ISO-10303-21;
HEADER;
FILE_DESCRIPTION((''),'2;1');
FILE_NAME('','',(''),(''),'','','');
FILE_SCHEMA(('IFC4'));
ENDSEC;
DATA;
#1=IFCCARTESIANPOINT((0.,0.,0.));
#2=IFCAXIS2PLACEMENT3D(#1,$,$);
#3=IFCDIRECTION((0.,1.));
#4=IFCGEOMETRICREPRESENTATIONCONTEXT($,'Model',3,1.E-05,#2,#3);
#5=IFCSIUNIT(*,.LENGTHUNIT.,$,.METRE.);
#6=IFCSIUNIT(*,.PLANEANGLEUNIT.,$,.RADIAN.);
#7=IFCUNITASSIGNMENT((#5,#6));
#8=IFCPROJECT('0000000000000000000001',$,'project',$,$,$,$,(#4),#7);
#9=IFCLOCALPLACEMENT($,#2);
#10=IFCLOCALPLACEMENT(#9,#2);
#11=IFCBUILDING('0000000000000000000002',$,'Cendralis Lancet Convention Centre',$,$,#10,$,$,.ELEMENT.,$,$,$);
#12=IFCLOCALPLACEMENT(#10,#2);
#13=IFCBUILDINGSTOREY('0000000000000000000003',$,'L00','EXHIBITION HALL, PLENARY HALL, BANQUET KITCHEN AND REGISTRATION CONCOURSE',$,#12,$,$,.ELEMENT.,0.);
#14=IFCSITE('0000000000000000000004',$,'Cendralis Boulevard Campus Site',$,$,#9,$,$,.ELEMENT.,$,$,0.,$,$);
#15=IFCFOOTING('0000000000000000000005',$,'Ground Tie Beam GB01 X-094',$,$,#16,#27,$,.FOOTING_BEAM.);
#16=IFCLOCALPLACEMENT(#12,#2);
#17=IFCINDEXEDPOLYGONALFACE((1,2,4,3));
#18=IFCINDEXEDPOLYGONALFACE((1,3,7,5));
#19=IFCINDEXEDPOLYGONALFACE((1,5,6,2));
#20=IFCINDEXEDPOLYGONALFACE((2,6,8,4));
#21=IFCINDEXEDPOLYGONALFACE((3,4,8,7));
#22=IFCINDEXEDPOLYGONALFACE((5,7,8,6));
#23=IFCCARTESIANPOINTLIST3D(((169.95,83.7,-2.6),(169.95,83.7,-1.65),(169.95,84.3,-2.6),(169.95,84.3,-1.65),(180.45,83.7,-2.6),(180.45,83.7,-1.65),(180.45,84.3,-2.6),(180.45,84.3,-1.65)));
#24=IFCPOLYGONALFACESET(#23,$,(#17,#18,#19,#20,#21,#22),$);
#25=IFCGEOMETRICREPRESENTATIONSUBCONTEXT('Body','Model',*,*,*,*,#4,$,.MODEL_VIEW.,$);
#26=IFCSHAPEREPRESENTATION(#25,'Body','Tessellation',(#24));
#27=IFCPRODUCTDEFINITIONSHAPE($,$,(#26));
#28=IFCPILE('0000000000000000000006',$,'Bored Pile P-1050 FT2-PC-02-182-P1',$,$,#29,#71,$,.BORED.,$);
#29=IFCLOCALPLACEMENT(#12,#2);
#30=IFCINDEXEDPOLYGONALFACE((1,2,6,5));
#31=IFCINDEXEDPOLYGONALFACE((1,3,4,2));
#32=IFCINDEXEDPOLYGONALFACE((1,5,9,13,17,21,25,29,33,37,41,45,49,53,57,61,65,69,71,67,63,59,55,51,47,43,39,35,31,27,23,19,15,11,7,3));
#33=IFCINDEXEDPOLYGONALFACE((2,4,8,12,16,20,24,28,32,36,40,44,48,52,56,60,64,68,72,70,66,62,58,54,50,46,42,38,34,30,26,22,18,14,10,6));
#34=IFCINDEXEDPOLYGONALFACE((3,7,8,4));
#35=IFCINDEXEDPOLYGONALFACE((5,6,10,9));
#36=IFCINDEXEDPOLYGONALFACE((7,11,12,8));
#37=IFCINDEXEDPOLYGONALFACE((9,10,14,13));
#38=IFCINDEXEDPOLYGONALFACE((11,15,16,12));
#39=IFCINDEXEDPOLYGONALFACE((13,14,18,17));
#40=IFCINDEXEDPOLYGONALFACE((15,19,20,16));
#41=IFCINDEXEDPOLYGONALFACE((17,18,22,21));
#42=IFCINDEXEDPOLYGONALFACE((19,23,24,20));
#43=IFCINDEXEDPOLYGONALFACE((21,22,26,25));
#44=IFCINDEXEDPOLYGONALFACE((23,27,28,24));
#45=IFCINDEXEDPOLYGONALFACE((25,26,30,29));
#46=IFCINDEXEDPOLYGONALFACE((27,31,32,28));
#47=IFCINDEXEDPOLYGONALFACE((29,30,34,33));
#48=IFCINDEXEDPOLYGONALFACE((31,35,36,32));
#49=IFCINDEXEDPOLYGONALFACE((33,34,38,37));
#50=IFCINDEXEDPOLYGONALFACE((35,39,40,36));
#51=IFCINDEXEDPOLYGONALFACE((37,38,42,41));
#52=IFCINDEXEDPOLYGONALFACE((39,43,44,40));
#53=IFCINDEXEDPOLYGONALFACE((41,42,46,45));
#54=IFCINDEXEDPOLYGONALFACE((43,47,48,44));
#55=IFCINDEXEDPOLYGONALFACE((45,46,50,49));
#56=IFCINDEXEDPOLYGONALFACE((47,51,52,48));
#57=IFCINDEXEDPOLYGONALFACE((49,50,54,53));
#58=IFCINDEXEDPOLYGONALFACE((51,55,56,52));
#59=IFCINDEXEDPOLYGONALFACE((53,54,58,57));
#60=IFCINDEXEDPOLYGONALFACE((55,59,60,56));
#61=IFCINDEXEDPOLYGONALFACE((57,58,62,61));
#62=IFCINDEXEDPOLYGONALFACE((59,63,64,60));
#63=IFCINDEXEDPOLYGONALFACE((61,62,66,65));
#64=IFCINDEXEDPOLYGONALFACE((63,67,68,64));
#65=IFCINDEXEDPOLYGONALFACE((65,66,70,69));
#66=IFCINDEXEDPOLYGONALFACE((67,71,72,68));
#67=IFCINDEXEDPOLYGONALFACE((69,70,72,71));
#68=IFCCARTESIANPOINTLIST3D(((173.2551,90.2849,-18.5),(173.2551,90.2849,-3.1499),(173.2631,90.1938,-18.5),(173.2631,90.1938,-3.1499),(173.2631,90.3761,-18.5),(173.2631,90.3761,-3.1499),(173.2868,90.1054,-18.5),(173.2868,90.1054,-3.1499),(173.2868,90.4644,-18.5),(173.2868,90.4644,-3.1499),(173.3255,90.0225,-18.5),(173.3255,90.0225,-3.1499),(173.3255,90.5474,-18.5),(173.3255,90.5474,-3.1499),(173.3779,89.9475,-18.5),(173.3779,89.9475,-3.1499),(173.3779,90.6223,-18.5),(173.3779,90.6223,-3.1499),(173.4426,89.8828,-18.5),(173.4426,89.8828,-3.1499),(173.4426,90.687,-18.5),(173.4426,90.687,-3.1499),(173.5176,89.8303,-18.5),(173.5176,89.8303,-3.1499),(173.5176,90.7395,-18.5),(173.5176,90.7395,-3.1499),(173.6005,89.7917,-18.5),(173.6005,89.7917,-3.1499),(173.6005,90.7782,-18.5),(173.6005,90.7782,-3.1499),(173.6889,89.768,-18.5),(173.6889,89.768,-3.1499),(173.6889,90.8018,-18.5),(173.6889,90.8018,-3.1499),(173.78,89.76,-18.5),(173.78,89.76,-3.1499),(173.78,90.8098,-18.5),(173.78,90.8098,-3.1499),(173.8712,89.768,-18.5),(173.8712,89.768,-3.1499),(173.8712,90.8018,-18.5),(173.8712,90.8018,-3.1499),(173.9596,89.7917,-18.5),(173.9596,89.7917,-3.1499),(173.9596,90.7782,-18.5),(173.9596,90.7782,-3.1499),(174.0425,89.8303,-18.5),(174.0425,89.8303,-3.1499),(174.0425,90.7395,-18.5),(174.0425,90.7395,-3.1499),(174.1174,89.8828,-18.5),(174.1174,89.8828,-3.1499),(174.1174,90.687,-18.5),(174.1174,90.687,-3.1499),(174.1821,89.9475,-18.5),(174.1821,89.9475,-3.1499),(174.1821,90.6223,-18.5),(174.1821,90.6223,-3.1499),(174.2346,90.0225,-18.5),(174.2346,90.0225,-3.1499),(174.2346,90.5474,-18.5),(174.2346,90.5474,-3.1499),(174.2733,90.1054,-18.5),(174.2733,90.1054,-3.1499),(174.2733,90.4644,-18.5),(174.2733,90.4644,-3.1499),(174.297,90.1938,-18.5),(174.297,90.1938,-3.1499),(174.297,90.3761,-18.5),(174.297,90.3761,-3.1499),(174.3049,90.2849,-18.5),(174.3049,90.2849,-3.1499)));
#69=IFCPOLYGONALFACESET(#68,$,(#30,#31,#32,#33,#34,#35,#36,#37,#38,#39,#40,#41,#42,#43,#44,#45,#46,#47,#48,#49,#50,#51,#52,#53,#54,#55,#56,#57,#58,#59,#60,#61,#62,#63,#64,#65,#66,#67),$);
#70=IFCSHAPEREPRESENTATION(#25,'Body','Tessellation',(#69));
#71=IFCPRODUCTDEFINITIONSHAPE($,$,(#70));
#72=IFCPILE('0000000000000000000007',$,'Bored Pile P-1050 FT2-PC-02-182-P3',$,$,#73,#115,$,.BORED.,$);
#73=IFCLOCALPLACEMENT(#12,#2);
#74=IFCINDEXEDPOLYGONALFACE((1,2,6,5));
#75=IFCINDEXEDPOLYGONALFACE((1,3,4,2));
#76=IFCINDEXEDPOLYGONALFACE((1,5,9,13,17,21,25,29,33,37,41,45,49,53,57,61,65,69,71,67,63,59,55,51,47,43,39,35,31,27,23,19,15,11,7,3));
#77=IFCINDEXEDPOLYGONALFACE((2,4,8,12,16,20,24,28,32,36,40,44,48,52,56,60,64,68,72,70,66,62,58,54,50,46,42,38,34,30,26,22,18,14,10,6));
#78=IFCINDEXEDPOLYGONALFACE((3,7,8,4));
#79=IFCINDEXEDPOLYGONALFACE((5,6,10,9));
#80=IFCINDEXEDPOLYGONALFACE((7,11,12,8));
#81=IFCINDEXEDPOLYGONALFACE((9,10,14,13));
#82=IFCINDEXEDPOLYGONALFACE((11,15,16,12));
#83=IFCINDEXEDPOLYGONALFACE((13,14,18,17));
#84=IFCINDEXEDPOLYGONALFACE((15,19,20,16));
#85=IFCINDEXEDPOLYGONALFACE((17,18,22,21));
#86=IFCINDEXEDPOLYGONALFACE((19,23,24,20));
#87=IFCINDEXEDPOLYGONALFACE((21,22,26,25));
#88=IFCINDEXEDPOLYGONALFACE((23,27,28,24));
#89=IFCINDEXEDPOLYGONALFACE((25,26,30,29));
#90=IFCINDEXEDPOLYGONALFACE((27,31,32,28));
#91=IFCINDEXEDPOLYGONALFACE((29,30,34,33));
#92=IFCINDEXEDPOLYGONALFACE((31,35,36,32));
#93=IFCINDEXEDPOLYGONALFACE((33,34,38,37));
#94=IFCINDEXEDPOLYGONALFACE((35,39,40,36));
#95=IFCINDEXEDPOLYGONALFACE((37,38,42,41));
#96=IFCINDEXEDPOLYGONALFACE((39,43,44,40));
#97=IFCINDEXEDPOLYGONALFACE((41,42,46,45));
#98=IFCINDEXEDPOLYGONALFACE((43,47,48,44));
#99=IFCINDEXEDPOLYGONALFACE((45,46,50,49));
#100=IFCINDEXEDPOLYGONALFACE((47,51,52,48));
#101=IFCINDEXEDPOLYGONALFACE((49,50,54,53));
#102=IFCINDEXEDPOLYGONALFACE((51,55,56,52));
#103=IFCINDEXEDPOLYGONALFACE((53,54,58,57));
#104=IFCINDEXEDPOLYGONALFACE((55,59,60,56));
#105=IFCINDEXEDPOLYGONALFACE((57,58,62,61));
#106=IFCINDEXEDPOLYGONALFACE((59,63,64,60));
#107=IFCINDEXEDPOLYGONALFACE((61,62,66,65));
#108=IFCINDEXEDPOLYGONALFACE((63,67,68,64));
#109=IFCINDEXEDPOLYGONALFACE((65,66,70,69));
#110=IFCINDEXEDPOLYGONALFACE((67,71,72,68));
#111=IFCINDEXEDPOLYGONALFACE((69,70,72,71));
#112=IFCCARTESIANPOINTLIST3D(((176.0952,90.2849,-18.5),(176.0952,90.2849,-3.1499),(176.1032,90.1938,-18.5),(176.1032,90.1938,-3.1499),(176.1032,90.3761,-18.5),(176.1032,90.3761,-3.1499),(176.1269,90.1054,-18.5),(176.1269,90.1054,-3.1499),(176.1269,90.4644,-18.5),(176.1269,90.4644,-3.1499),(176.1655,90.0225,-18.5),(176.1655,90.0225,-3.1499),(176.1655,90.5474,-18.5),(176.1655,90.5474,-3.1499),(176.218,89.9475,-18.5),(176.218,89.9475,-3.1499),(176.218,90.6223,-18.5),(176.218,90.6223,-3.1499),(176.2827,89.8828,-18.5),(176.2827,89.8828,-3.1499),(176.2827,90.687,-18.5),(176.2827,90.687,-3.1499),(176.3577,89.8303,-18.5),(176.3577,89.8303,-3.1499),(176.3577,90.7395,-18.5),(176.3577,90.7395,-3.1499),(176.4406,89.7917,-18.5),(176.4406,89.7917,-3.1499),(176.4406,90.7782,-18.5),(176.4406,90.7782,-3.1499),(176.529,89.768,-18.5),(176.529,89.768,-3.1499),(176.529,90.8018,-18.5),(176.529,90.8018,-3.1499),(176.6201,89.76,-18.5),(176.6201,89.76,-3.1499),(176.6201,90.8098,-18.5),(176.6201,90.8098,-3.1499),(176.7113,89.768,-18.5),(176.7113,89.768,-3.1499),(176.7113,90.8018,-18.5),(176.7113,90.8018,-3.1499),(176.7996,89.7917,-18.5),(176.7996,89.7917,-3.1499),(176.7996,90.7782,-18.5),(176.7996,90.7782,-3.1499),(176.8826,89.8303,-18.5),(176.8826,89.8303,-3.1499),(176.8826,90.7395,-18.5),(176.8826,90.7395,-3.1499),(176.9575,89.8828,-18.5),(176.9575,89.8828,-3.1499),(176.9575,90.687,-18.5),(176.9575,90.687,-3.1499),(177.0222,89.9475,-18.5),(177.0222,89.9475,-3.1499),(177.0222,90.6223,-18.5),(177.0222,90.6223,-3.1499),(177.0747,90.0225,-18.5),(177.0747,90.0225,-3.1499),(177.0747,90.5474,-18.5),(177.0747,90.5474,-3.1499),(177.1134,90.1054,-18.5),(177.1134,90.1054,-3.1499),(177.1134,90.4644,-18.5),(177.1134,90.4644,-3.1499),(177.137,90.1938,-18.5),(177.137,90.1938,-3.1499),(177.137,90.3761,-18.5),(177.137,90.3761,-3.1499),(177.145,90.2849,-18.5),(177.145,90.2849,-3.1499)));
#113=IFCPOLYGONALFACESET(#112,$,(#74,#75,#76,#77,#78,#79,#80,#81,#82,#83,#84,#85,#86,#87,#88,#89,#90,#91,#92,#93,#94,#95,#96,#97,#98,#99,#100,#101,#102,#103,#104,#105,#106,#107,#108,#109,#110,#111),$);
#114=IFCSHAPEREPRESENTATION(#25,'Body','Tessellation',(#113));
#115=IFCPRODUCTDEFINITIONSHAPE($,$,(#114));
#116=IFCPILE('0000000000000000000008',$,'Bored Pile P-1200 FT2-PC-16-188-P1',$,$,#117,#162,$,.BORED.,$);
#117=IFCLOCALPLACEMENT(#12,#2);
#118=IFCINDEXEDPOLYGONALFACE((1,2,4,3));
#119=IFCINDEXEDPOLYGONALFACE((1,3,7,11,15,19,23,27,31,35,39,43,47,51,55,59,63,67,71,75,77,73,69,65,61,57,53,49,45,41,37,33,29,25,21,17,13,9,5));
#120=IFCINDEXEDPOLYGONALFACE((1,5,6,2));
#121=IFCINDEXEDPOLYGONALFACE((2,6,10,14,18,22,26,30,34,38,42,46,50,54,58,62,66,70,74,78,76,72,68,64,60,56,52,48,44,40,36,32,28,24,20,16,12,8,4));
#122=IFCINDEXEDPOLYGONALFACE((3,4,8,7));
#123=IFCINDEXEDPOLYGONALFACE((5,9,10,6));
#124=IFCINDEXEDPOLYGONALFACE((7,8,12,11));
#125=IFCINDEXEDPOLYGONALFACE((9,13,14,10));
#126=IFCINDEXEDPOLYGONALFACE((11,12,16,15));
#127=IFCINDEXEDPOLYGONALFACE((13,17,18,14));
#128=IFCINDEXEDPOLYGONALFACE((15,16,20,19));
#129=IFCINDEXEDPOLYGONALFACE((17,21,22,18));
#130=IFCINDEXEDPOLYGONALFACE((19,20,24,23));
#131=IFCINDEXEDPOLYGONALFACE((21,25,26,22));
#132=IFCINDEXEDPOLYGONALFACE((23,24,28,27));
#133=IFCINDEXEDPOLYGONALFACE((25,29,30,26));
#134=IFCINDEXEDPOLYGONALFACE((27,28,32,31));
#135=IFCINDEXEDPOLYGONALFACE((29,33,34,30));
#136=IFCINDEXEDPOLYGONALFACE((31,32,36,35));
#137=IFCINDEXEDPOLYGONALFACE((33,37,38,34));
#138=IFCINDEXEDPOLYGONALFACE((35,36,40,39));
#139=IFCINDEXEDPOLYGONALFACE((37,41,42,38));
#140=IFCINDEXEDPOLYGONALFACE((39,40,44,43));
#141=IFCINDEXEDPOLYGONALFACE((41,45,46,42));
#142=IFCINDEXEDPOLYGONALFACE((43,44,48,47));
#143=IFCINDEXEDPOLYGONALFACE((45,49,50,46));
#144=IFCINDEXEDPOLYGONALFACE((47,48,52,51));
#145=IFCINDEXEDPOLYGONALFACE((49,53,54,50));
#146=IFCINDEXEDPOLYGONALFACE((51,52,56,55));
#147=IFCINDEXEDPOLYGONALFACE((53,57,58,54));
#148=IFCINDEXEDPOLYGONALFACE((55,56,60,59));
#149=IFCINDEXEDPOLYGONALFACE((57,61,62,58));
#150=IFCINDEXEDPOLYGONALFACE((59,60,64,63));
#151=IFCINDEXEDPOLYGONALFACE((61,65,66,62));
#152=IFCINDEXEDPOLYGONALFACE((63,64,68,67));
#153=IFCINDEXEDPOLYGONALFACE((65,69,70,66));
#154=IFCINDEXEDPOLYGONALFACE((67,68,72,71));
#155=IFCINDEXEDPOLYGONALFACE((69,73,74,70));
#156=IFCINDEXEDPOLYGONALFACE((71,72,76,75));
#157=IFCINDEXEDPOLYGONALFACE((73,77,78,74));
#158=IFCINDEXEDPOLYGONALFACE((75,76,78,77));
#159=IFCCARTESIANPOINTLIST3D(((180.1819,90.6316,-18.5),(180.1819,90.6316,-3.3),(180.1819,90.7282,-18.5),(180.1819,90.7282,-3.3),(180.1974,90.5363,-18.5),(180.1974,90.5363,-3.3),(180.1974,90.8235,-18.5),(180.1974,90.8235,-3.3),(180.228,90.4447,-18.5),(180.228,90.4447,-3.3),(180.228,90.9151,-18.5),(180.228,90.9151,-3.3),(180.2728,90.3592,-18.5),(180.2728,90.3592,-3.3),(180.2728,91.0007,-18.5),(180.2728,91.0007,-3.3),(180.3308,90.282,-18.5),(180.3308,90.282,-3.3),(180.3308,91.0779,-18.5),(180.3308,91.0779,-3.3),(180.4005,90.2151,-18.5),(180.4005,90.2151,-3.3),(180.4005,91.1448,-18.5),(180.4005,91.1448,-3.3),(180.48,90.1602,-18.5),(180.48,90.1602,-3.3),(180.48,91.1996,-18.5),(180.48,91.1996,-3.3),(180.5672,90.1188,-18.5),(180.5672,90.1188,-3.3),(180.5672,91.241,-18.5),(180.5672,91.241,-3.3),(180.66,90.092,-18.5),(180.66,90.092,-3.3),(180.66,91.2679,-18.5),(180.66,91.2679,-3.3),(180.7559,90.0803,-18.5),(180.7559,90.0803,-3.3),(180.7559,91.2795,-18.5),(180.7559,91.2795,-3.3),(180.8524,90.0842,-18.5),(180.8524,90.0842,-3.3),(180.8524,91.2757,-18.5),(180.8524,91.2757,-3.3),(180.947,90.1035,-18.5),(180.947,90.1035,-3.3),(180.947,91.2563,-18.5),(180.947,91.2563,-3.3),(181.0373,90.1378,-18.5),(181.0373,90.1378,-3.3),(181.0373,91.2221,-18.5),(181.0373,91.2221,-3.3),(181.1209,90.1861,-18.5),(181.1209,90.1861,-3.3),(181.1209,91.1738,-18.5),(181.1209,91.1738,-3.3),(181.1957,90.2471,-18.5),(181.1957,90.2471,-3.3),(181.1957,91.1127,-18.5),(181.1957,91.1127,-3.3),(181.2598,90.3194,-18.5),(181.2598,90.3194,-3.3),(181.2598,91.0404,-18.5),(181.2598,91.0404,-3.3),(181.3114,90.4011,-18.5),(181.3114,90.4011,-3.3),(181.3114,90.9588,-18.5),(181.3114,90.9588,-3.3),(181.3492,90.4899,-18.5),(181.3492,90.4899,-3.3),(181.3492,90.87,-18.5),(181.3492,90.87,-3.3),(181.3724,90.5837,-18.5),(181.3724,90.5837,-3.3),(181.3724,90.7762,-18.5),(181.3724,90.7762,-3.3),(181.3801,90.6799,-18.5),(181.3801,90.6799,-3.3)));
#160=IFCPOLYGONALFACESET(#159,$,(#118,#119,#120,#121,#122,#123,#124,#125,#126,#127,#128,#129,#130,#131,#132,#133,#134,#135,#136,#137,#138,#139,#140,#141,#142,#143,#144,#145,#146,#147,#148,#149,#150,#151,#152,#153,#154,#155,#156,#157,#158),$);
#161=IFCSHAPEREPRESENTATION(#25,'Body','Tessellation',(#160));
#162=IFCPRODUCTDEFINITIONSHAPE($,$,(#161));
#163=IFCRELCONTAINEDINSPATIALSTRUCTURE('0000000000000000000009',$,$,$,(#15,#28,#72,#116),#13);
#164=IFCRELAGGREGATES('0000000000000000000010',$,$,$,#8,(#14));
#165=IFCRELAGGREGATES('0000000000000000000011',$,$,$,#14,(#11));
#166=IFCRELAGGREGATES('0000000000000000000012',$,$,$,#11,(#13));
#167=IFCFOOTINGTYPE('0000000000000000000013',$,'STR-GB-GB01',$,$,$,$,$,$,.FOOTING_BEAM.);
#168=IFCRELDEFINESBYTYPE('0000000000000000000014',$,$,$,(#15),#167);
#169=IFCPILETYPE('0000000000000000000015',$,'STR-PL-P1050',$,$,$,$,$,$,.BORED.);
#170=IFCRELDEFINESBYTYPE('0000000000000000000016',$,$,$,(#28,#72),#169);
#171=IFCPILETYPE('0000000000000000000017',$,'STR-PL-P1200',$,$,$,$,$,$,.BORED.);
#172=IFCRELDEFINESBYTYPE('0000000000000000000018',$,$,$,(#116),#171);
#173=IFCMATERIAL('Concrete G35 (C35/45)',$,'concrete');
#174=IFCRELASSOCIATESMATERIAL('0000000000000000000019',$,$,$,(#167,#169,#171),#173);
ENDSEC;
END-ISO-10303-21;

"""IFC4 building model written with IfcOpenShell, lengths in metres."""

from ifc_helpers import new_model, si_unit, direction, frame, origin, origin_2d, place, context, subcontext, project, spatial, rectangle, circle, extrude, material, material_profile, profile_set, type_object, element, save


model = new_model("IFC4")

# Units and contexts
model_context = context("Model", 3, precision=1e-05, world=origin(), true_north=direction((0.0, 1.0)))
body_context = subcontext(model_context, "Body", "Model", "MODEL_VIEW")
ifc_project = project(units=[si_unit("LENGTHUNIT", "METRE"), si_unit("PLANEANGLEUNIT", "RADIAN")], contexts=[model_context])

# Site, building, storey
site_placement = place(None, origin())
site = spatial("IfcSite", under=ifc_project, at=site_placement, Name="Cendralis Boulevard Campus Site", CompositionType="ELEMENT", RefElevation=0.0)
building_placement = place(site_placement, origin())
building = spatial("IfcBuilding", under=site, at=building_placement, Name="Cendralis Lancet Convention Centre", CompositionType="ELEMENT")
storey_placement = place(building_placement, origin())
storey = spatial("IfcBuildingStorey", under=building, at=storey_placement, Name="L00", Description="EXHIBITION HALL, PLENARY HALL, BANQUET KITCHEN AND REGISTRATION CONCOURSE", CompositionType="ELEMENT", Elevation=0.0)

# Footing
ifc_material_1 = material(Name="Concrete G35 (C35/45)", Category="concrete")
ifc_material_profile_1 = material_profile(ifc_material_1, rectangle(XDim=0.6001, YDim=0.95, at=origin_2d()), Name="RCB 600x950")
ifc_profile_set_1 = profile_set([ifc_material_profile_1], Name="Concrete G35 (C35/45)")
footing_type = type_object("IfcFootingType", Name="STR-GB-GB01", PredefinedType="FOOTING_BEAM", material=ifc_profile_set_1)
footing_placement = place(storey_placement, frame((169.95, 84.0, -2.125), z_axis=(1.0, 0.0, 0.0), x_axis=(0.0, 1.0, 0.0)))
element("IfcFooting", 1, at=footing_placement, inside=storey, type_object=footing_type, Name="Ground Tie Beam GB01 X-094", PredefinedType="FOOTING_BEAM", context=body_context, shape_type="SweptSolid", body=[
    extrude(rectangle(XDim=0.6001, YDim=0.95, at=origin_2d()), origin(), (0.0, 0.0, 1.0), 10.5),
])

# Piles
ifc_material_profile_2 = material_profile(ifc_material_1, circle(Radius=0.5249, at=origin_2d()), Name="BORED PILE D1050")
ifc_profile_set_2 = profile_set([ifc_material_profile_2], Name="Concrete G35 (C35/45)")
pile_type_1 = type_object("IfcPileType", Name="STR-PL-P1050", PredefinedType="BORED", material=ifc_profile_set_2)
for number, where, z_axis, x_axis, name in (
    (2, (173.78, 90.2849, -3.1499), (0.0, 0.0, -1.0), (1.0, 0.0, 0.0), "Bored Pile P-1050 FT2-PC-02-182-P1"),
    (3, (176.6201, 90.2849, -3.1499), (0.0, 0.0, -1.0), (1.0, 0.0, 0.0), "Bored Pile P-1050 FT2-PC-02-182-P3"),
):
    element("IfcPile", number, at=place(storey_placement, frame(where, z_axis=z_axis, x_axis=x_axis)), inside=storey, type_object=pile_type_1, Name=name, PredefinedType="BORED", context=body_context, shape_type="SweptSolid", body=[
        extrude(circle(Radius=0.5249, at=origin_2d()), origin(), (0.0, 0.0, 1.0), 15.3501),
    ])
ifc_material_profile_3 = material_profile(ifc_material_1, circle(Radius=0.6001, at=origin_2d()), Name="BORED PILE D1200")
ifc_profile_set_3 = profile_set([ifc_material_profile_3], Name="Concrete G35 (C35/45)")
pile_type_2 = type_object("IfcPileType", Name="STR-PL-P1200", PredefinedType="BORED", material=ifc_profile_set_3)
pile_placement = place(storey_placement, frame((180.78, 90.6799, -3.3), z_axis=(0.0, 0.0, -1.0), x_axis=(1.0, 0.0, 0.0)))
element("IfcPile", 4, at=pile_placement, inside=storey, type_object=pile_type_2, Name="Bored Pile P-1200 FT2-PC-16-188-P1", PredefinedType="BORED", context=body_context, shape_type="SweptSolid", body=[
    extrude(circle(Radius=0.6001, at=origin_2d()), origin(), (0.0, 0.0, 1.0), 15.2),
])

save(model, "model.ifc")
